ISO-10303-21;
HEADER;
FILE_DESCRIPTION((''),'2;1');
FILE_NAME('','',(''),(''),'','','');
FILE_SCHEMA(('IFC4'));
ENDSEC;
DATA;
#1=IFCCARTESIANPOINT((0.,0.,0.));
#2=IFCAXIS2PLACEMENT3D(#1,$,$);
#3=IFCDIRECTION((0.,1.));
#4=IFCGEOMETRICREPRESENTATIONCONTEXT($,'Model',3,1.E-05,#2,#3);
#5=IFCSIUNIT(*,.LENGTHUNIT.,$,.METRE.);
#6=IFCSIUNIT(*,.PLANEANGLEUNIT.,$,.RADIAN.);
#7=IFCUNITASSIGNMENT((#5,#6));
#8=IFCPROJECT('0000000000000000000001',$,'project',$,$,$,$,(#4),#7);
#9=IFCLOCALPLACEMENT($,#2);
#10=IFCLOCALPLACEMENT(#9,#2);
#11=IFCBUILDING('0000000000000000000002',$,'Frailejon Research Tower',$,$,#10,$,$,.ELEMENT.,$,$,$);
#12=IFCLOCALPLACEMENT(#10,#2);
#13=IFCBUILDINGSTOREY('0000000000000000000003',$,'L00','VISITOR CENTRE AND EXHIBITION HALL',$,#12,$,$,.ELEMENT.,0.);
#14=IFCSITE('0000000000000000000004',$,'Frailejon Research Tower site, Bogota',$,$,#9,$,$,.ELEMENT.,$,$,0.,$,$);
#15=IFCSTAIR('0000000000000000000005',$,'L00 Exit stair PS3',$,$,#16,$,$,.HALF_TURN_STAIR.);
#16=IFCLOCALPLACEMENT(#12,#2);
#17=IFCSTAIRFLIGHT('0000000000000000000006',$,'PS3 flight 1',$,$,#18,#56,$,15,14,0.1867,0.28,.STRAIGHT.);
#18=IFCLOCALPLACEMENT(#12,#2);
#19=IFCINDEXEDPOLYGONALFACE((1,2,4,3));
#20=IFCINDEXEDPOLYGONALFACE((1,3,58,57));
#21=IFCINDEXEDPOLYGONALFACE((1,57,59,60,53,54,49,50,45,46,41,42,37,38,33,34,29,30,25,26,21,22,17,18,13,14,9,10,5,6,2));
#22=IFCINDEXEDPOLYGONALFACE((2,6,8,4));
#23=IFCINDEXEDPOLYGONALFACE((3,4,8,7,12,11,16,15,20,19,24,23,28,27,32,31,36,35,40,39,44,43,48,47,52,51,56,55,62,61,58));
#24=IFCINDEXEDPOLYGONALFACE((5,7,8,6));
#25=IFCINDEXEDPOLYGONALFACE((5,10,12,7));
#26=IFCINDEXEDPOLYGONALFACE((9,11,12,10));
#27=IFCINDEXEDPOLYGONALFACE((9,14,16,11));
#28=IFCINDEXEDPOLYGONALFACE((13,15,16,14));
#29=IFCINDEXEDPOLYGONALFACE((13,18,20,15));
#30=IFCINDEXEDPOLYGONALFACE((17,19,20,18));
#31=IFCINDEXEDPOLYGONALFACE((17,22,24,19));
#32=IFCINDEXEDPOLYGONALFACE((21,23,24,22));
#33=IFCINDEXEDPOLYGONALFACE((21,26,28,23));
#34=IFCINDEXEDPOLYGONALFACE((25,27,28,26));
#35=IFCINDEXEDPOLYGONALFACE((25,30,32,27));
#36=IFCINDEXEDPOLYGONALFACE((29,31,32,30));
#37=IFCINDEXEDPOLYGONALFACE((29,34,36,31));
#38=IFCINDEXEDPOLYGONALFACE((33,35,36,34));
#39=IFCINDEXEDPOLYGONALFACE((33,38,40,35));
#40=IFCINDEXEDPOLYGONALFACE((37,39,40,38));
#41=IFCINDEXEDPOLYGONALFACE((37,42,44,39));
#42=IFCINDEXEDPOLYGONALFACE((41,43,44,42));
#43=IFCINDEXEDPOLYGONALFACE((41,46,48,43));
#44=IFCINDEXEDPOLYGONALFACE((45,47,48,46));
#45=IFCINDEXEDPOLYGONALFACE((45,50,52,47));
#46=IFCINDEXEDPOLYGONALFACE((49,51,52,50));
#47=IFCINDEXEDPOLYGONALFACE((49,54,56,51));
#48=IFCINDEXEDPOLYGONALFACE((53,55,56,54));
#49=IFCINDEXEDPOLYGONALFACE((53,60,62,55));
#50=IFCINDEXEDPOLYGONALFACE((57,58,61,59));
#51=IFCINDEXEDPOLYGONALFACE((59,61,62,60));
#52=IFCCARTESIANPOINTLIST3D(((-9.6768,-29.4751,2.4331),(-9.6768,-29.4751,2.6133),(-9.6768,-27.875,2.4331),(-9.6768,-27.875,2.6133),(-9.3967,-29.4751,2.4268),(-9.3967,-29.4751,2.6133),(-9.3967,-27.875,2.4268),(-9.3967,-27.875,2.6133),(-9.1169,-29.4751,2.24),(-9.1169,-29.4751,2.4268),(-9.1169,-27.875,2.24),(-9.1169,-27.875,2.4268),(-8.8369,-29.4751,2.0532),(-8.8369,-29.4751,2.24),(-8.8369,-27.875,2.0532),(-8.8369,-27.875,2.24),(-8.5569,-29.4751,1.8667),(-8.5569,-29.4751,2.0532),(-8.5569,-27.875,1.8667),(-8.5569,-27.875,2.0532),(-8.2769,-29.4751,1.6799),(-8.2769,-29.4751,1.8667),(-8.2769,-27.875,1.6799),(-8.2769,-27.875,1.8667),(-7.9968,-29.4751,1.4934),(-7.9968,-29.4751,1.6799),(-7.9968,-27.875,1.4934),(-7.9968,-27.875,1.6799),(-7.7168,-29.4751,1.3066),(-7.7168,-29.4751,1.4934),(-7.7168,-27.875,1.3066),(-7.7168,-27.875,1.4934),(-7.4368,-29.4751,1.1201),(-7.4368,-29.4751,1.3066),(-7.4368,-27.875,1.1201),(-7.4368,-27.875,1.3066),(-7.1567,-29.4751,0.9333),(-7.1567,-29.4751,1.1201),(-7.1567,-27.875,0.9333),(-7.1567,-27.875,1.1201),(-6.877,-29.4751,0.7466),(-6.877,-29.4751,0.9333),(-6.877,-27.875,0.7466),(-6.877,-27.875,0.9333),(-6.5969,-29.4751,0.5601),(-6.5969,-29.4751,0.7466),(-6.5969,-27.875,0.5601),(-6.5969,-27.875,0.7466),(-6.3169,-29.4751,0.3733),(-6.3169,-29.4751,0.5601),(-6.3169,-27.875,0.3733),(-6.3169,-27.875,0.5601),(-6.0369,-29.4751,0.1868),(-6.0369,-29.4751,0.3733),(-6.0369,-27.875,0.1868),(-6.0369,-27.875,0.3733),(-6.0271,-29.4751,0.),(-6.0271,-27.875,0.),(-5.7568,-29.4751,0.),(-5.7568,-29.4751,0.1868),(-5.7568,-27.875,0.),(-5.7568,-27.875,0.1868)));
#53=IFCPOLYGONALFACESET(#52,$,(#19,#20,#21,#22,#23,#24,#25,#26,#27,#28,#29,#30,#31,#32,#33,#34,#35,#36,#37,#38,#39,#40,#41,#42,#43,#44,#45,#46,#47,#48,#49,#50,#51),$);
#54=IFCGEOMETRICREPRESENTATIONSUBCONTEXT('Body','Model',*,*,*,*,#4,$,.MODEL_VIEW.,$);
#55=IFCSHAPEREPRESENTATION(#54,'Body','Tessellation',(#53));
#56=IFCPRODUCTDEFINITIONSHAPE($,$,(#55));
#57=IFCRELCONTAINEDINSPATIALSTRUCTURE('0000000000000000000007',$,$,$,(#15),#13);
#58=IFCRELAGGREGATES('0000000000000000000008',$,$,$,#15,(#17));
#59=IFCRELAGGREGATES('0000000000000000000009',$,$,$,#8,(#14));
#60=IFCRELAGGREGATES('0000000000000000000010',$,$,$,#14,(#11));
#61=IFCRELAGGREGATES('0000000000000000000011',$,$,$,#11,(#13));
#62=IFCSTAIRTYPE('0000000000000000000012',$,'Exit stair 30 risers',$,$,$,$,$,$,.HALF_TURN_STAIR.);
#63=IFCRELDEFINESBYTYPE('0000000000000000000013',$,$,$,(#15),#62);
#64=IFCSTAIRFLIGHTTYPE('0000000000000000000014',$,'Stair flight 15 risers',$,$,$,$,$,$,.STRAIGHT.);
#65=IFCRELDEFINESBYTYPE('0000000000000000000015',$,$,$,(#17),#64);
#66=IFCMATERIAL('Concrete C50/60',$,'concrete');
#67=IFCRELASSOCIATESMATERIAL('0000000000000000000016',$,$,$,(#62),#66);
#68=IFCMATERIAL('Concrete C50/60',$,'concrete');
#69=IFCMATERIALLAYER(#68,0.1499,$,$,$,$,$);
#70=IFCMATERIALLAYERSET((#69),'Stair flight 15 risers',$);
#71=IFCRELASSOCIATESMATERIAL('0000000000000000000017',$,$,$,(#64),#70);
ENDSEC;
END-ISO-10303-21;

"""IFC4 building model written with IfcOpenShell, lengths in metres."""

from ifc_helpers import new_model, si_unit, direction, frame, origin, place, context, subcontext, project, spatial, polyline, outline, extrude, material, layer, layer_set, type_object, element, aggregate, save


model = new_model("IFC4")

# Units and contexts
model_context = context("Model", 3, precision=1e-05, world=origin(), true_north=direction((0.0, 1.0)))
body_context = subcontext(model_context, "Body", "Model", "MODEL_VIEW")
ifc_project = project(units=[si_unit("LENGTHUNIT", "METRE"), si_unit("PLANEANGLEUNIT", "RADIAN")], contexts=[model_context])

# Site, building, storey
site_placement = place(None, origin())
site = spatial("IfcSite", under=ifc_project, at=site_placement, Name="Frailejon Research Tower site, Bogota", CompositionType="ELEMENT", RefElevation=0.0)
building_placement = place(site_placement, origin())
building = spatial("IfcBuilding", under=site, at=building_placement, Name="Frailejon Research Tower", CompositionType="ELEMENT")
storey_placement = place(building_placement, origin())
storey = spatial("IfcBuildingStorey", under=building, at=storey_placement, Name="L00", Description="VISITOR CENTRE AND EXHIBITION HALL", CompositionType="ELEMENT", Elevation=0.0)

# Stair, stair flight
ifc_material_1 = material(Name="Concrete C50/60", Category="concrete")
stair_type = type_object("IfcStairType", Name="Exit stair 30 risers", PredefinedType="HALF_TURN_STAIR", material=ifc_material_1)
stair_placement = place(storey_placement, origin())
stair = element("IfcStair", 1, at=stair_placement, inside=storey, type_object=stair_type, Name="L00 Exit stair PS3", PredefinedType="HALF_TURN_STAIR")
ifc_material_2 = material(Name="Concrete C50/60", Category="concrete")
ifc_layer_1 = layer(ifc_material_2, 0.1499)
ifc_layer_set_1 = layer_set([ifc_layer_1], Name="Stair flight 15 risers")
stair_flight_type = type_object("IfcStairFlightType", Name="Stair flight 15 risers", PredefinedType="STRAIGHT", material=ifc_layer_set_1)
stair_flight_placement = place(storey_placement, frame((-5.7568, -28.675, 0.0), z_axis=(0.0, 0.0, 1.0), x_axis=(-1.0, 0.0, 0.0)))
stair_flight = element("IfcStairFlight", 2, at=stair_flight_placement, type_object=stair_flight_type, Name="PS3 flight 1", NumberOfRisers=15, NumberOfTreads=14, PredefinedType="STRAIGHT", RiserHeight=0.1867, TreadLength=0.28, context=body_context, shape_type="SweptSolid", body=[
    extrude(outline(polyline([(0.0, 0.0), (0.0, 0.1868), (0.28, 0.1868), (0.28, 0.3733), (0.5601, 0.3733), (0.5601, 0.5601), (0.8401, 0.5601), (0.8401, 0.7466), (1.1201, 0.7466), (1.1201, 0.9333), (1.3999, 0.9333), (1.3999, 1.1201), (1.6799, 1.1201), (1.6799, 1.3066), (1.96, 1.3066), (1.96, 1.4934), (2.24, 1.4934), (2.24, 1.6799), (2.52, 1.6799), (2.52, 1.8667), (2.8, 1.8667), (2.8, 2.0532), (3.0801, 2.0532), (3.0801, 2.24), (3.3601, 2.24), (3.3601, 2.4268), (3.6399, 2.4268), (3.6399, 2.6133), (3.9199, 2.6133), (3.9199, 2.8), (3.9199, 2.4331), (0.2703, 0.0), (0.0, 0.0)])), frame((0.0, 0.8, 0.0), z_axis=(0.0, -1.0, 0.0), x_axis=(1.0, 0.0, 0.0)), (0.0, 0.0, 1.0), 1.6001),
])
aggregate(stair, [stair_flight])

save(model, "model.ifc")
